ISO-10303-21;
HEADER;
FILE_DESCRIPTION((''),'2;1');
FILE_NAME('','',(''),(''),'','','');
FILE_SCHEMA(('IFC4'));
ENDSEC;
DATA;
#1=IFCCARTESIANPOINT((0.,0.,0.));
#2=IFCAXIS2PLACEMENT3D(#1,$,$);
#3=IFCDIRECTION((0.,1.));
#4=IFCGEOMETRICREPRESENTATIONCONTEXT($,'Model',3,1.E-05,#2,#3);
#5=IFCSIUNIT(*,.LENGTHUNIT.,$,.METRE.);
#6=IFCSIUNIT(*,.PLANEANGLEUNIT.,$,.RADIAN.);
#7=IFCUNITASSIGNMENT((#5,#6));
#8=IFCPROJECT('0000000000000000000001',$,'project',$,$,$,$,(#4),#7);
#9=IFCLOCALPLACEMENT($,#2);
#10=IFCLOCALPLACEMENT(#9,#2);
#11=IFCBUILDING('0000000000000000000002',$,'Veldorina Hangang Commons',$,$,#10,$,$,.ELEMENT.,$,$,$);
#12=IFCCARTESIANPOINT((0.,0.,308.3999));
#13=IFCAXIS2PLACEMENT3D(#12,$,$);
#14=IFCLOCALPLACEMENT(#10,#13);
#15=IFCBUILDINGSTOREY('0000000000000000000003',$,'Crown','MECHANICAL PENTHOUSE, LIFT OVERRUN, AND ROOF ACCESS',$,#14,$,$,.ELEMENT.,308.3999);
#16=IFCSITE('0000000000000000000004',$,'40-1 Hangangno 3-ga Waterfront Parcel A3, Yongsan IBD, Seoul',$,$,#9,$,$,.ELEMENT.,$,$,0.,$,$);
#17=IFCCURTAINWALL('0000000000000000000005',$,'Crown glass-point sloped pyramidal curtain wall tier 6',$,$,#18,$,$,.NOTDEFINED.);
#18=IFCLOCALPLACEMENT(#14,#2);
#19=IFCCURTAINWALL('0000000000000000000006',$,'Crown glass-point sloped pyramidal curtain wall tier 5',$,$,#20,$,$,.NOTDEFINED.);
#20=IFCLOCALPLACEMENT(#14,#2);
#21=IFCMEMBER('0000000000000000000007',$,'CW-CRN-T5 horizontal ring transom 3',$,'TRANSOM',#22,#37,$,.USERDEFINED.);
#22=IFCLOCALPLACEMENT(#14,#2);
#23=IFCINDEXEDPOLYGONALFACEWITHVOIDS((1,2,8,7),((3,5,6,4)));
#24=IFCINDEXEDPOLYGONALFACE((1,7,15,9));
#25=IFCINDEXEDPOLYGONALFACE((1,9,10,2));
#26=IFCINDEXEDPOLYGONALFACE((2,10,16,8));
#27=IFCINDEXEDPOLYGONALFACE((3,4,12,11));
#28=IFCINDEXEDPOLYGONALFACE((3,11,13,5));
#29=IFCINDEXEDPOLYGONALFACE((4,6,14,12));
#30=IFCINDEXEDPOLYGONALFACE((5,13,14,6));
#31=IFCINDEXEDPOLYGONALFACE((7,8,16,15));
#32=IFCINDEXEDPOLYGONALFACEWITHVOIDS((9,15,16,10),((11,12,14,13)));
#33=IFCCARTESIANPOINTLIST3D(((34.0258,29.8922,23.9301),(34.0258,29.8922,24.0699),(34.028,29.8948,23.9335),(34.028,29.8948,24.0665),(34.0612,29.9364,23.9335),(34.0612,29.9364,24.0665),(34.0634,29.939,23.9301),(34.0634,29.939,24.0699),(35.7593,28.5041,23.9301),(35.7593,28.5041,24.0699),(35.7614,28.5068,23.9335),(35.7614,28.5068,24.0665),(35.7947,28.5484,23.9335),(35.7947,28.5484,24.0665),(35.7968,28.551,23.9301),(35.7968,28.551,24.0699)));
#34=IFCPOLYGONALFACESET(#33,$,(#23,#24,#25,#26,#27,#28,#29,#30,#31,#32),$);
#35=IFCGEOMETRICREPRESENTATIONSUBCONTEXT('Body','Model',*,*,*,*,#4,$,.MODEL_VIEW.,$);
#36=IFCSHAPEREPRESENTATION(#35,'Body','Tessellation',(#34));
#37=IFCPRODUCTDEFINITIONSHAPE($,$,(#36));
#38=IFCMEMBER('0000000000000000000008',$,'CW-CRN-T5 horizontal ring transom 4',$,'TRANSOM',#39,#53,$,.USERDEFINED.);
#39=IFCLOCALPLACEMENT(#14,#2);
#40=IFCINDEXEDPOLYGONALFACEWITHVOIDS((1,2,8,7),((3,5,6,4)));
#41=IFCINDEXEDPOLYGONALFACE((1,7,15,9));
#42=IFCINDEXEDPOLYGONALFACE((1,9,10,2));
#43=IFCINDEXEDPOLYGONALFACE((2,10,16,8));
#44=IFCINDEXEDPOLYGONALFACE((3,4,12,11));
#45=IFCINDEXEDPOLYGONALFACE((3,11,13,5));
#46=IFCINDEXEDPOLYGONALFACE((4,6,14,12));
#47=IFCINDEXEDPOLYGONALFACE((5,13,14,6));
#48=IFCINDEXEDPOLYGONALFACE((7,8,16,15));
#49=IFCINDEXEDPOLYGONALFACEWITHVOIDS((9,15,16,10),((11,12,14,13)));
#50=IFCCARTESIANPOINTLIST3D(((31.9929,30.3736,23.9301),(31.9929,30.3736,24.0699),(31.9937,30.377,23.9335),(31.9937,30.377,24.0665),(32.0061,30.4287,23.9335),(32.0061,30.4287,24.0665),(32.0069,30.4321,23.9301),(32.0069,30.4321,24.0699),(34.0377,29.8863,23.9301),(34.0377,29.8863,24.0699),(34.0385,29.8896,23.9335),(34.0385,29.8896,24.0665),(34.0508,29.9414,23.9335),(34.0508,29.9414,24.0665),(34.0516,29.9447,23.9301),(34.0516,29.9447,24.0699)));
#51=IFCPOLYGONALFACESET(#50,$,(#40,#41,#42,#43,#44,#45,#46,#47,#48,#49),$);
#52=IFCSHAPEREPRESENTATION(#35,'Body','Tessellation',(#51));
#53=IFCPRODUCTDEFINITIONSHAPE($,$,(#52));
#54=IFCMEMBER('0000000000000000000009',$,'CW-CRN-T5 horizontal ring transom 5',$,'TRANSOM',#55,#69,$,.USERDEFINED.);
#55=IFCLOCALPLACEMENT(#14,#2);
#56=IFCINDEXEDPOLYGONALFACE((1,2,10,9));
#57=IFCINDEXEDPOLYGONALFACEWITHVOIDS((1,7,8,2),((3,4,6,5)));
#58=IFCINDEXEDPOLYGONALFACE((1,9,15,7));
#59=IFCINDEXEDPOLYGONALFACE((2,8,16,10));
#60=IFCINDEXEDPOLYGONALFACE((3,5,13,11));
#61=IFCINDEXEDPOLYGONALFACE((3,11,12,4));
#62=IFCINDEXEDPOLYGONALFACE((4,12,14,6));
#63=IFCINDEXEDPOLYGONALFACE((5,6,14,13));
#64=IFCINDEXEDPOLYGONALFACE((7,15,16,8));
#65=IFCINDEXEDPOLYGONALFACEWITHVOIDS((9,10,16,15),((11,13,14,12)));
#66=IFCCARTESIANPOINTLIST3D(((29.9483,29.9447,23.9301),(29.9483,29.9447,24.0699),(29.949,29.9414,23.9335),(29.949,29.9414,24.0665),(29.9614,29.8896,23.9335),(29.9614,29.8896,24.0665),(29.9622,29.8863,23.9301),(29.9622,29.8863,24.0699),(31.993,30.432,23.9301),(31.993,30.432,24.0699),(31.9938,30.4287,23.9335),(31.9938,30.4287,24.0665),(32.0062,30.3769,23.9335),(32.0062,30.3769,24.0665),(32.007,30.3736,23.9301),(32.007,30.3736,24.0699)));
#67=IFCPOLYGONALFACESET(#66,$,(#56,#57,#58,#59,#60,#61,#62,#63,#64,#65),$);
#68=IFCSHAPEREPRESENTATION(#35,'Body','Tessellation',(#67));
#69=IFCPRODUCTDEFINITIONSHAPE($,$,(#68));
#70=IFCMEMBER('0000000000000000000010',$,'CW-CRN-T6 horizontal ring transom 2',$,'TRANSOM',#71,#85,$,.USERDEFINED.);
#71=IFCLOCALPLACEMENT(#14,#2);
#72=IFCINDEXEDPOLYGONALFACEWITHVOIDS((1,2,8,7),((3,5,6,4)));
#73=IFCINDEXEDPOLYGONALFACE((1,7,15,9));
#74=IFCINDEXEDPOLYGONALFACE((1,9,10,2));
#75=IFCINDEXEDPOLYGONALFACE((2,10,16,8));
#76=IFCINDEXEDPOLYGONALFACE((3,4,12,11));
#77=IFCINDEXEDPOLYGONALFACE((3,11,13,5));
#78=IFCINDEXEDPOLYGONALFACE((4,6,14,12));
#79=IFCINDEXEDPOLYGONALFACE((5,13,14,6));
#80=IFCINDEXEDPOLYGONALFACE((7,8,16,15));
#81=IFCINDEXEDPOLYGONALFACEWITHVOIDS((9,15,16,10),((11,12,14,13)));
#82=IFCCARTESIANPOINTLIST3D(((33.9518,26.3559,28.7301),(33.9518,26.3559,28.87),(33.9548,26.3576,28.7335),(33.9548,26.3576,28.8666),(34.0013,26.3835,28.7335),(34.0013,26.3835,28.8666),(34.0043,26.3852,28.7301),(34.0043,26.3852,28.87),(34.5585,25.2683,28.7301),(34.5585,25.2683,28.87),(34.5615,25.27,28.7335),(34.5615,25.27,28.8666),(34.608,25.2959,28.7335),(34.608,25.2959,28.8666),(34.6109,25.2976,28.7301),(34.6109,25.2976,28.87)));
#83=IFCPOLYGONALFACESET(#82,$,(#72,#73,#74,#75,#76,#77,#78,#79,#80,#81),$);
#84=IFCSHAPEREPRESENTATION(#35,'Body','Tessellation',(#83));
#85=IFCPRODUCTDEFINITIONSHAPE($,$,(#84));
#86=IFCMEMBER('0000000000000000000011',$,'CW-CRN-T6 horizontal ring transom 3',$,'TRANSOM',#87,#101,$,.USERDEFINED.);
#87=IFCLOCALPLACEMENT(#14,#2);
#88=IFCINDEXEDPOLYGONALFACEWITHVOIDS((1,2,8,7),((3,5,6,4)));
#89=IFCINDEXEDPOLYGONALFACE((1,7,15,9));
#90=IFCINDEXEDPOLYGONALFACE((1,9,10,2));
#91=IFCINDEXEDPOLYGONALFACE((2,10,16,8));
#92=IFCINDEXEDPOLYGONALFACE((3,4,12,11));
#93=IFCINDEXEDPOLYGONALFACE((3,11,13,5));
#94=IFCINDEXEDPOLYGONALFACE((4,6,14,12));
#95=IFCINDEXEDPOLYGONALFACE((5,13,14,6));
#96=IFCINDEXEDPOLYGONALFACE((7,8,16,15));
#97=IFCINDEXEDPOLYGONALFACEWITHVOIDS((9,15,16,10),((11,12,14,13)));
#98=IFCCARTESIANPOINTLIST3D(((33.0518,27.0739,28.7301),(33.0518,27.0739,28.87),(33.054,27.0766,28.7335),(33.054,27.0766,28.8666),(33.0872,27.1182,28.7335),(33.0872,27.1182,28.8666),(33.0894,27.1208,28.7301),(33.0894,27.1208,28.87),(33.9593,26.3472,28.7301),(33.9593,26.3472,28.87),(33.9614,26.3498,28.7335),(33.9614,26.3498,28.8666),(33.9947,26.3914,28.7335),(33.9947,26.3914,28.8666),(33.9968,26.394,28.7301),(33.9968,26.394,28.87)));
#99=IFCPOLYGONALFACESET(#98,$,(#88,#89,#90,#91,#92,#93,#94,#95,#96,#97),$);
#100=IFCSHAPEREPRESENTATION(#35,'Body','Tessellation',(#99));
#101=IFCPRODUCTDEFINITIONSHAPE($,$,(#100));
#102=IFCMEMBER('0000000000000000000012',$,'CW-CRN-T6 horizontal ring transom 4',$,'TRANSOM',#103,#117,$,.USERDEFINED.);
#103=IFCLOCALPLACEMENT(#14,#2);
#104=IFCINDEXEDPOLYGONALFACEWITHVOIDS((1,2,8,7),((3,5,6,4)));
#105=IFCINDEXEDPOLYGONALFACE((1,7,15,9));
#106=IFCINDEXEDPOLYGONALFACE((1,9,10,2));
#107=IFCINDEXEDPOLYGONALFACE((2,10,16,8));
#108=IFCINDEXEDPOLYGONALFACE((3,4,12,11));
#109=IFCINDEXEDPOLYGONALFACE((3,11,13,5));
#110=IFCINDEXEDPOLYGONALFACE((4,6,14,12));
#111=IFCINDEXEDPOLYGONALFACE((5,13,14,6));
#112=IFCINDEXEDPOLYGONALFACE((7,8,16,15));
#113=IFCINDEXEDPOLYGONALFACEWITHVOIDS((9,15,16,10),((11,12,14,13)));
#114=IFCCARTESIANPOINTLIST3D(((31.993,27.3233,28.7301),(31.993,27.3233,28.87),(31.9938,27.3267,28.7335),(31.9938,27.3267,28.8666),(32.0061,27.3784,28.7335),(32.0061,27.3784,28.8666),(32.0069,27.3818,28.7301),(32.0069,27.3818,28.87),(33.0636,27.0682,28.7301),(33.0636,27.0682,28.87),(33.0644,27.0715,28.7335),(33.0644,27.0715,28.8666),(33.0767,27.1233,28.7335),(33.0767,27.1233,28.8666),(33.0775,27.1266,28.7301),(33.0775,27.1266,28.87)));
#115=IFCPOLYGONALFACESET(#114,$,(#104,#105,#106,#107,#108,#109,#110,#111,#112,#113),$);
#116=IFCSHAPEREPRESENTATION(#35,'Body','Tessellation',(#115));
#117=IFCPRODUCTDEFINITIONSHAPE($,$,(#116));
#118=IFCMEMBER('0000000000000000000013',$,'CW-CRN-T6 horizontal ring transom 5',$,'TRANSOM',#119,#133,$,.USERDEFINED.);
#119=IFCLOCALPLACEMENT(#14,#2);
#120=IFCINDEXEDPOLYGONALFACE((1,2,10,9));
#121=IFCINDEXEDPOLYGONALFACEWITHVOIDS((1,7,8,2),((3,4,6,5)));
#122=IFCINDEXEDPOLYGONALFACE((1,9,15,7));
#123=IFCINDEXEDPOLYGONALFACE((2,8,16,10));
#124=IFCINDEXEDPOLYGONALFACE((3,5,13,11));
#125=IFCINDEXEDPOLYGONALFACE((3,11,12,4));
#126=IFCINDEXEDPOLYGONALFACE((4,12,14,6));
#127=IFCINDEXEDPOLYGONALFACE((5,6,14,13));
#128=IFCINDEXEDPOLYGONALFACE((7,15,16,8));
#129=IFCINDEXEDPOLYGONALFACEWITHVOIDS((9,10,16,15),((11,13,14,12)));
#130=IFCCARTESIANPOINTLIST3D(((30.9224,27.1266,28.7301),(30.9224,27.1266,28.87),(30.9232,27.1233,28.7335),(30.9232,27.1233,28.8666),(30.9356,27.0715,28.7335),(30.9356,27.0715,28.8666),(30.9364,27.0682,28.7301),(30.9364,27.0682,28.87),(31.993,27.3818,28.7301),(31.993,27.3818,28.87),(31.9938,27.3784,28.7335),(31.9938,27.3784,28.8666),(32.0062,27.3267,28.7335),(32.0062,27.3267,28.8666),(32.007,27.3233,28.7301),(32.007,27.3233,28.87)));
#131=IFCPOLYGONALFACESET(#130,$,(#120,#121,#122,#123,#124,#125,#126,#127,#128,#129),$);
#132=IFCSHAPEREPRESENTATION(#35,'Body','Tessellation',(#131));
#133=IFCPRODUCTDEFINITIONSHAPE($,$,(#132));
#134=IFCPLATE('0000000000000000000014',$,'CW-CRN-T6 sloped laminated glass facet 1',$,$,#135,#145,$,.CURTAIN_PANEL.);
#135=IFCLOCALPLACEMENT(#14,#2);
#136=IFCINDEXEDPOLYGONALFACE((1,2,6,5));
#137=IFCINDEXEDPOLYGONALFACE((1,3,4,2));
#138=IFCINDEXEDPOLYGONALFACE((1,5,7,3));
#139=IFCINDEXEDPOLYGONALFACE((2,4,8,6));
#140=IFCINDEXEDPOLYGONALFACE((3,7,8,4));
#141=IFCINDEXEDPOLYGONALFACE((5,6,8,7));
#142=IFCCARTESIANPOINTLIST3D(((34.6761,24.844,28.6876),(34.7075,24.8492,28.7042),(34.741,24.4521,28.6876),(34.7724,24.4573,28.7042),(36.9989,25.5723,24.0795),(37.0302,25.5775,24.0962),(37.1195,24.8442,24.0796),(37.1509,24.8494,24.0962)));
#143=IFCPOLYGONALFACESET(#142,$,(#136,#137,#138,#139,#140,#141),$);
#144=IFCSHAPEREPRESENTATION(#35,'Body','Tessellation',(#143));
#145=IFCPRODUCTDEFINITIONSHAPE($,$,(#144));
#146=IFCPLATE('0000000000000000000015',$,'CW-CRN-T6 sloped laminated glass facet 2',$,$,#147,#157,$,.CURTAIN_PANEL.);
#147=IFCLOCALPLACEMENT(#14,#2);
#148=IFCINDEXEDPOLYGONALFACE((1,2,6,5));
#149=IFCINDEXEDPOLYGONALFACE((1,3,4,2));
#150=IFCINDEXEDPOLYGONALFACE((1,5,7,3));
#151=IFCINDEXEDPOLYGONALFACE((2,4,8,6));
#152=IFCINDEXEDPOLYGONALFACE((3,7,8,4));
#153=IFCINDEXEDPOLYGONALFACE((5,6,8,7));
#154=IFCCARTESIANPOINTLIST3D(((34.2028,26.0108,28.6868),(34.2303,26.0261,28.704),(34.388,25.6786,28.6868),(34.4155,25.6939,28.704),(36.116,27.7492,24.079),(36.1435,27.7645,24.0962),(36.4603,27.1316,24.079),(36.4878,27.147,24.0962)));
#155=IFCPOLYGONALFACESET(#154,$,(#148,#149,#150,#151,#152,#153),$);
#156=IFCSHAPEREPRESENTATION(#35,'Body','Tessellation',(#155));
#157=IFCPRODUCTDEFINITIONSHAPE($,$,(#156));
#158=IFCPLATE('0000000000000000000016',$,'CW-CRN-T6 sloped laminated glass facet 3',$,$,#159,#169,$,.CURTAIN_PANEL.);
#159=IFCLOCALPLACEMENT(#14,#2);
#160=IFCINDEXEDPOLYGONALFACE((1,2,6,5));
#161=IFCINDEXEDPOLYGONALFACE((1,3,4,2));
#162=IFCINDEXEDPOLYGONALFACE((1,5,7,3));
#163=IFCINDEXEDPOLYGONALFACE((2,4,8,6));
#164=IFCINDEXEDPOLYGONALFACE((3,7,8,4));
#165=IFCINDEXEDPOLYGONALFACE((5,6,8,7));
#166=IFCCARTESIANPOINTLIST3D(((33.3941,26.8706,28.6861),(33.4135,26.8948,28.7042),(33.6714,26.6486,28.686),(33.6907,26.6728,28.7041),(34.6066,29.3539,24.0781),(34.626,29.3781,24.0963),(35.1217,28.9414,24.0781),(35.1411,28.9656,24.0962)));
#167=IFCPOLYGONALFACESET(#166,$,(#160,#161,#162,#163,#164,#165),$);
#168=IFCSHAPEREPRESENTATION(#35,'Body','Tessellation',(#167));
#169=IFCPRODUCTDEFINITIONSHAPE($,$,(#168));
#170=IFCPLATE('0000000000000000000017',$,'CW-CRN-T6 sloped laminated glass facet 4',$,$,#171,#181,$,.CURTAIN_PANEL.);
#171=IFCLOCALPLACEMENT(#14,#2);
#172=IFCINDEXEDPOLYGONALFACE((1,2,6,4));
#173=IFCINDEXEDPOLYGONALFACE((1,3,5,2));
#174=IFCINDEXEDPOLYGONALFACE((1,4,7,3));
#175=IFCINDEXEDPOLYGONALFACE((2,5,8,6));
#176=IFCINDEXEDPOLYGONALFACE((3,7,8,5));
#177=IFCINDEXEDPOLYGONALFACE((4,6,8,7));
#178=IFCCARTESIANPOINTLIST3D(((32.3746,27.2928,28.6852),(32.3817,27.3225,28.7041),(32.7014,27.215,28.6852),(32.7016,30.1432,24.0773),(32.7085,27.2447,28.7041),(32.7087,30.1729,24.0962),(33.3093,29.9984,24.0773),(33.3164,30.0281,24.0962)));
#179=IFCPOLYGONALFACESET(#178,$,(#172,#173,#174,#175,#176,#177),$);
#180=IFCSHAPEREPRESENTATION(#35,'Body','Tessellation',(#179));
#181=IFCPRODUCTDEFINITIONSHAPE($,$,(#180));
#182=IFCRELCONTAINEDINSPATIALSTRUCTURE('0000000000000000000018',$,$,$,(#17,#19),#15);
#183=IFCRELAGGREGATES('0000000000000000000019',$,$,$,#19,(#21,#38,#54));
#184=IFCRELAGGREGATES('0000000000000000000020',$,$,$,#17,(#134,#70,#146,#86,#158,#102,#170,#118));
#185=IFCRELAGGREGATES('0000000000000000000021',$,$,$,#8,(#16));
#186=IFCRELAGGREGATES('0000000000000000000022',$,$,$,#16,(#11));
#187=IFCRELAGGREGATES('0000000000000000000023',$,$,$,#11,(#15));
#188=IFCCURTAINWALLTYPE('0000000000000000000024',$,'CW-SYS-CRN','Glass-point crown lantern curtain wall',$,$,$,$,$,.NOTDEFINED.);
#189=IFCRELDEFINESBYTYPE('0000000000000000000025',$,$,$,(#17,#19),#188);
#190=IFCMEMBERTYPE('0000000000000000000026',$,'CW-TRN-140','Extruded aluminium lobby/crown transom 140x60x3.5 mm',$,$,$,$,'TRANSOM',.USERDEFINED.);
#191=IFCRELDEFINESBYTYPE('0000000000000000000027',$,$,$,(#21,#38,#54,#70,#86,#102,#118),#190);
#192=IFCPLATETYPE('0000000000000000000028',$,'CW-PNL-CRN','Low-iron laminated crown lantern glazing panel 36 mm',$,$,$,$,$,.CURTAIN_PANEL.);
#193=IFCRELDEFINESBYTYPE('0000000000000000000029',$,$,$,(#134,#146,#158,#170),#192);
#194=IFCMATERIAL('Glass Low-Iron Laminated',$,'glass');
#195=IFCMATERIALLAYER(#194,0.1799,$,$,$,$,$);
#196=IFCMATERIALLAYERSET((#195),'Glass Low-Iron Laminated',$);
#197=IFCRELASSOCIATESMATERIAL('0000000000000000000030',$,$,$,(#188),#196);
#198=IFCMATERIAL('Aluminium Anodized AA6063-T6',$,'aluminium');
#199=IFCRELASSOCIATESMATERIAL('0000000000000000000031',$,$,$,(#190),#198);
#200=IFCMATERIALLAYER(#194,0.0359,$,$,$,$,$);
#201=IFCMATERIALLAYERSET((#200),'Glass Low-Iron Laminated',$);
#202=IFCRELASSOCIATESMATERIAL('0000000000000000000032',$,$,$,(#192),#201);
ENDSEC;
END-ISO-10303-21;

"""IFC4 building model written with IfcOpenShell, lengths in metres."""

from ifc_helpers import new_model, si_unit, direction, frame, origin, origin_2d, place, context, subcontext, project, spatial, polyline, hollow_rectangle, outline, extrude, material, layer, layer_set, material_profile, profile_set, type_object, element, aggregate, save


model = new_model("IFC4")

# Units and contexts
model_context = context("Model", 3, precision=1e-05, world=origin(), true_north=direction((0.0, 1.0)))
body_context = subcontext(model_context, "Body", "Model", "MODEL_VIEW")
ifc_project = project(units=[si_unit("LENGTHUNIT", "METRE"), si_unit("PLANEANGLEUNIT", "RADIAN")], contexts=[model_context])

# Site, building, storey
site_placement = place(None, origin())
site = spatial("IfcSite", under=ifc_project, at=site_placement, Name="40-1 Hangangno 3-ga Waterfront Parcel A3, Yongsan IBD, Seoul", CompositionType="ELEMENT", RefElevation=0.0)
building_placement = place(site_placement, origin())
building = spatial("IfcBuilding", under=site, at=building_placement, Name="Veldorina Hangang Commons", CompositionType="ELEMENT")
storey_placement = place(building_placement, frame((0.0, 0.0, 308.3999)))
storey = spatial("IfcBuildingStorey", under=building, at=storey_placement, Name="Crown", Description="MECHANICAL PENTHOUSE, LIFT OVERRUN, AND ROOF ACCESS", CompositionType="ELEMENT", Elevation=308.3999)

# Curtain walls, members
ifc_material_1 = material(Name="Glass Low-Iron Laminated", Category="glass")
ifc_layer_1 = layer(ifc_material_1, 0.1799)
ifc_layer_set_1 = layer_set([ifc_layer_1], Name="Glass Low-Iron Laminated")
curtain_wall_type = type_object("IfcCurtainWallType", Name="CW-SYS-CRN", Description="Glass-point crown lantern curtain wall", PredefinedType="NOTDEFINED", material=ifc_layer_set_1)
curtain_wall_1_placement = place(storey_placement, origin())
curtain_wall_1 = element("IfcCurtainWall", 1, at=curtain_wall_1_placement, inside=storey, type_object=curtain_wall_type, Name="Crown glass-point sloped pyramidal curtain wall tier 6", PredefinedType="NOTDEFINED")
ifc_material_2 = material(Name="Aluminium Anodized AA6063-T6", Category="aluminium")
curtain_wall_2_placement = place(storey_placement, origin())
curtain_wall_2 = element("IfcCurtainWall", 2, at=curtain_wall_2_placement, inside=storey, type_object=curtain_wall_type, Name="Crown glass-point sloped pyramidal curtain wall tier 5", PredefinedType="NOTDEFINED")
ifc_material_profile_1 = material_profile(ifc_material_2, hollow_rectangle(XDim=0.0601, YDim=0.1399, WallThickness=0.0034, at=origin_2d()), Name="ALU-RHS-140x60x3.5")
ifc_profile_set_1 = profile_set([ifc_material_profile_1], Name="Aluminium Anodized AA6063-T6")
member_type_1 = type_object("IfcMemberType", Name="CW-TRN-140", Description="Extruded aluminium lobby/crown transom 140x60x3.5 mm", ElementType="TRANSOM", PredefinedType="USERDEFINED", material=ifc_profile_set_1)
member_1_placement = place(storey_placement, frame((35.7781, 28.5276, 24.0), z_axis=(-0.780601, 0.62503, 0.0), x_axis=(-0.62503, -0.780601, 0.0)))
member_1 = element("IfcMember", 3, at=member_1_placement, type_object=member_type_1, Name="CW-CRN-T5 horizontal ring transom 3", ObjectType="TRANSOM", PredefinedType="USERDEFINED", context=body_context, shape_type="SweptSolid", body=[
    extrude(hollow_rectangle(XDim=0.0601, YDim=0.1399, WallThickness=0.0034, at=origin_2d()), origin(), (0.0, 0.0, 1.0), 2.2207),
])
member_2_placement = place(storey_placement, frame((34.0447, 29.9155, 24.0), z_axis=(-0.972755, 0.231835, 0.0), x_axis=(-0.231835, -0.972755, 0.0)))
member_2 = element("IfcMember", 4, at=member_2_placement, type_object=member_type_1, Name="CW-CRN-T5 horizontal ring transom 4", ObjectType="TRANSOM", PredefinedType="USERDEFINED", context=body_context, shape_type="SweptSolid", body=[
    extrude(hollow_rectangle(XDim=0.0601, YDim=0.1399, WallThickness=0.0034, at=origin_2d()), origin(), (0.0, 0.0, 1.0), 2.1021),
])
member_3_placement = place(storey_placement, frame((32.0, 30.4028, 24.0), z_axis=(-0.972755, -0.231835, 0.0), x_axis=(0.231835, -0.972755, 0.0)))
member_3 = element("IfcMember", 5, at=member_3_placement, type_object=member_type_1, Name="CW-CRN-T5 horizontal ring transom 5", ObjectType="TRANSOM", PredefinedType="USERDEFINED", context=body_context, shape_type="SweptSolid", body=[
    extrude(hollow_rectangle(XDim=0.0601, YDim=0.1399, WallThickness=0.0034, at=origin_2d()), origin(), (0.0, 0.0, 1.0), 2.1021),
])
aggregate(curtain_wall_2, [member_1, member_2, member_3])

# Members
member_4_placement = place(storey_placement, frame((34.5847, 25.283, 28.8), z_axis=(-0.48714, 0.873324, 0.0), x_axis=(-0.873324, -0.48714, 0.0)))
member_4 = element("IfcMember", 6, at=member_4_placement, type_object=member_type_1, Name="CW-CRN-T6 horizontal ring transom 2", ObjectType="TRANSOM", PredefinedType="USERDEFINED", context=body_context, shape_type="SweptSolid", body=[
    extrude(hollow_rectangle(XDim=0.0601, YDim=0.1399, WallThickness=0.0034, at=origin_2d()), origin(), (0.0, 0.0, 1.0), 1.2454),
])
member_5_placement = place(storey_placement, frame((33.978, 26.3706, 28.8), z_axis=(-0.78052, 0.62513, 0.0), x_axis=(-0.62513, -0.78052, 0.0)))
member_5 = element("IfcMember", 7, at=member_5_placement, type_object=member_type_1, Name="CW-CRN-T6 horizontal ring transom 3", ObjectType="TRANSOM", PredefinedType="USERDEFINED", context=body_context, shape_type="SweptSolid", body=[
    extrude(hollow_rectangle(XDim=0.0601, YDim=0.1399, WallThickness=0.0034, at=origin_2d()), origin(), (0.0, 0.0, 1.0), 1.1626),
])
member_6_placement = place(storey_placement, frame((33.0706, 27.0974, 28.8), z_axis=(-0.972759, 0.23182, 0.0), x_axis=(-0.23182, -0.972759, 0.0)))
member_6 = element("IfcMember", 8, at=member_6_placement, type_object=member_type_1, Name="CW-CRN-T6 horizontal ring transom 4", ObjectType="TRANSOM", PredefinedType="USERDEFINED", context=body_context, shape_type="SweptSolid", body=[
    extrude(hollow_rectangle(XDim=0.0601, YDim=0.1399, WallThickness=0.0034, at=origin_2d()), origin(), (0.0, 0.0, 1.0), 1.1006),
])
member_7_placement = place(storey_placement, frame((32.0, 27.3525, 28.8), z_axis=(-0.972759, -0.23182, 0.0), x_axis=(0.23182, -0.972759, 0.0)))
member_7 = element("IfcMember", 9, at=member_7_placement, type_object=member_type_1, Name="CW-CRN-T6 horizontal ring transom 5", ObjectType="TRANSOM", PredefinedType="USERDEFINED", context=body_context, shape_type="SweptSolid", body=[
    extrude(hollow_rectangle(XDim=0.0601, YDim=0.1399, WallThickness=0.0034, at=origin_2d()), origin(), (0.0, 0.0, 1.0), 1.1006),
])

# Plates
ifc_layer_2 = layer(ifc_material_1, 0.0359)
ifc_layer_set_2 = layer_set([ifc_layer_2], Name="Glass Low-Iron Laminated")
plate_type = type_object("IfcPlateType", Name="CW-PNL-CRN", Description="Low-iron laminated crown lantern glazing panel 36 mm", PredefinedType="CURTAIN_PANEL", material=ifc_layer_set_2)
plate_1_placement = place(storey_placement, frame((37.1509, 24.8494, 24.0962), z_axis=(0.874161, 0.144836, 0.463535), x_axis=(-0.163452, 0.986551, -0.00001)))
plate_1 = element("IfcPlate", 10, at=plate_1_placement, type_object=plate_type, Name="CW-CRN-T6 sloped laminated glass facet 1", PredefinedType="CURTAIN_PANEL", context=body_context, shape_type="SweptSolid", body=[
    extrude(outline(polyline([(0.0, 0.0), (0.738, 0.0), (0.3992, 5.2004), (0.002, 5.2004), (0.0, 0.0)])), origin(), (0.0, 0.0, -1.0), 0.0359),
])
plate_2_placement = place(storey_placement, frame((36.4878, 27.147, 24.0962), z_axis=(0.766463, 0.427367, 0.47947), x_axis=(-0.486988, 0.873409, -0.000016)))
plate_2 = element("IfcPlate", 11, at=plate_2_placement, type_object=plate_type, Name="CW-CRN-T6 sloped laminated glass facet 2", PredefinedType="CURTAIN_PANEL", context=body_context, shape_type="SweptSolid", body=[
    extrude(outline(polyline([(0.0, 0.0), (0.707, 0.0), (0.1204, 5.2507), (-0.26, 5.2507), (0.0, 0.0)])), origin(), (0.0, 0.0, -1.0), 0.0359),
])
plate_3_placement = place(storey_placement, frame((35.1411, 28.9656, 24.0962), z_axis=(0.539555, 0.673666, 0.505029), x_axis=(-0.78056, 0.62508, 0.00012)))
plate_3 = element("IfcPlate", 12, at=plate_3_placement, type_object=plate_type, Name="CW-CRN-T6 sloped laminated glass facet 3", PredefinedType="CURTAIN_PANEL", context=body_context, shape_type="SweptSolid", body=[
    extrude(outline(polyline([(0.0, 0.0), (0.6599, 0.0), (0.0547, 5.3389), (-0.3005, 5.3389), (0.0, 0.0)])), origin(), (0.0, 0.0, -1.0), 0.0359),
])
plate_4_placement = place(storey_placement, frame((33.3164, 30.0281, 24.0962), z_axis=(0.197132, 0.827434, 0.525826), x_axis=(-0.972773, 0.231759, -0.000002)))
plate_4 = element("IfcPlate", 13, at=plate_4_placement, type_object=plate_type, Name="CW-CRN-T6 sloped laminated glass facet 4", PredefinedType="CURTAIN_PANEL", context=body_context, shape_type="SweptSolid", body=[
    extrude(outline(polyline([(0.0, 0.0), (0.6248, 0.0), (0.2822, 5.4172), (-0.0537, 5.4172), (0.0, 0.0)])), origin(), (0.0, 0.0, -1.0), 0.0359),
])
aggregate(curtain_wall_1, [plate_1, member_4, plate_2, member_5, plate_3, member_6, plate_4, member_7])

save(model, "model.ifc")
